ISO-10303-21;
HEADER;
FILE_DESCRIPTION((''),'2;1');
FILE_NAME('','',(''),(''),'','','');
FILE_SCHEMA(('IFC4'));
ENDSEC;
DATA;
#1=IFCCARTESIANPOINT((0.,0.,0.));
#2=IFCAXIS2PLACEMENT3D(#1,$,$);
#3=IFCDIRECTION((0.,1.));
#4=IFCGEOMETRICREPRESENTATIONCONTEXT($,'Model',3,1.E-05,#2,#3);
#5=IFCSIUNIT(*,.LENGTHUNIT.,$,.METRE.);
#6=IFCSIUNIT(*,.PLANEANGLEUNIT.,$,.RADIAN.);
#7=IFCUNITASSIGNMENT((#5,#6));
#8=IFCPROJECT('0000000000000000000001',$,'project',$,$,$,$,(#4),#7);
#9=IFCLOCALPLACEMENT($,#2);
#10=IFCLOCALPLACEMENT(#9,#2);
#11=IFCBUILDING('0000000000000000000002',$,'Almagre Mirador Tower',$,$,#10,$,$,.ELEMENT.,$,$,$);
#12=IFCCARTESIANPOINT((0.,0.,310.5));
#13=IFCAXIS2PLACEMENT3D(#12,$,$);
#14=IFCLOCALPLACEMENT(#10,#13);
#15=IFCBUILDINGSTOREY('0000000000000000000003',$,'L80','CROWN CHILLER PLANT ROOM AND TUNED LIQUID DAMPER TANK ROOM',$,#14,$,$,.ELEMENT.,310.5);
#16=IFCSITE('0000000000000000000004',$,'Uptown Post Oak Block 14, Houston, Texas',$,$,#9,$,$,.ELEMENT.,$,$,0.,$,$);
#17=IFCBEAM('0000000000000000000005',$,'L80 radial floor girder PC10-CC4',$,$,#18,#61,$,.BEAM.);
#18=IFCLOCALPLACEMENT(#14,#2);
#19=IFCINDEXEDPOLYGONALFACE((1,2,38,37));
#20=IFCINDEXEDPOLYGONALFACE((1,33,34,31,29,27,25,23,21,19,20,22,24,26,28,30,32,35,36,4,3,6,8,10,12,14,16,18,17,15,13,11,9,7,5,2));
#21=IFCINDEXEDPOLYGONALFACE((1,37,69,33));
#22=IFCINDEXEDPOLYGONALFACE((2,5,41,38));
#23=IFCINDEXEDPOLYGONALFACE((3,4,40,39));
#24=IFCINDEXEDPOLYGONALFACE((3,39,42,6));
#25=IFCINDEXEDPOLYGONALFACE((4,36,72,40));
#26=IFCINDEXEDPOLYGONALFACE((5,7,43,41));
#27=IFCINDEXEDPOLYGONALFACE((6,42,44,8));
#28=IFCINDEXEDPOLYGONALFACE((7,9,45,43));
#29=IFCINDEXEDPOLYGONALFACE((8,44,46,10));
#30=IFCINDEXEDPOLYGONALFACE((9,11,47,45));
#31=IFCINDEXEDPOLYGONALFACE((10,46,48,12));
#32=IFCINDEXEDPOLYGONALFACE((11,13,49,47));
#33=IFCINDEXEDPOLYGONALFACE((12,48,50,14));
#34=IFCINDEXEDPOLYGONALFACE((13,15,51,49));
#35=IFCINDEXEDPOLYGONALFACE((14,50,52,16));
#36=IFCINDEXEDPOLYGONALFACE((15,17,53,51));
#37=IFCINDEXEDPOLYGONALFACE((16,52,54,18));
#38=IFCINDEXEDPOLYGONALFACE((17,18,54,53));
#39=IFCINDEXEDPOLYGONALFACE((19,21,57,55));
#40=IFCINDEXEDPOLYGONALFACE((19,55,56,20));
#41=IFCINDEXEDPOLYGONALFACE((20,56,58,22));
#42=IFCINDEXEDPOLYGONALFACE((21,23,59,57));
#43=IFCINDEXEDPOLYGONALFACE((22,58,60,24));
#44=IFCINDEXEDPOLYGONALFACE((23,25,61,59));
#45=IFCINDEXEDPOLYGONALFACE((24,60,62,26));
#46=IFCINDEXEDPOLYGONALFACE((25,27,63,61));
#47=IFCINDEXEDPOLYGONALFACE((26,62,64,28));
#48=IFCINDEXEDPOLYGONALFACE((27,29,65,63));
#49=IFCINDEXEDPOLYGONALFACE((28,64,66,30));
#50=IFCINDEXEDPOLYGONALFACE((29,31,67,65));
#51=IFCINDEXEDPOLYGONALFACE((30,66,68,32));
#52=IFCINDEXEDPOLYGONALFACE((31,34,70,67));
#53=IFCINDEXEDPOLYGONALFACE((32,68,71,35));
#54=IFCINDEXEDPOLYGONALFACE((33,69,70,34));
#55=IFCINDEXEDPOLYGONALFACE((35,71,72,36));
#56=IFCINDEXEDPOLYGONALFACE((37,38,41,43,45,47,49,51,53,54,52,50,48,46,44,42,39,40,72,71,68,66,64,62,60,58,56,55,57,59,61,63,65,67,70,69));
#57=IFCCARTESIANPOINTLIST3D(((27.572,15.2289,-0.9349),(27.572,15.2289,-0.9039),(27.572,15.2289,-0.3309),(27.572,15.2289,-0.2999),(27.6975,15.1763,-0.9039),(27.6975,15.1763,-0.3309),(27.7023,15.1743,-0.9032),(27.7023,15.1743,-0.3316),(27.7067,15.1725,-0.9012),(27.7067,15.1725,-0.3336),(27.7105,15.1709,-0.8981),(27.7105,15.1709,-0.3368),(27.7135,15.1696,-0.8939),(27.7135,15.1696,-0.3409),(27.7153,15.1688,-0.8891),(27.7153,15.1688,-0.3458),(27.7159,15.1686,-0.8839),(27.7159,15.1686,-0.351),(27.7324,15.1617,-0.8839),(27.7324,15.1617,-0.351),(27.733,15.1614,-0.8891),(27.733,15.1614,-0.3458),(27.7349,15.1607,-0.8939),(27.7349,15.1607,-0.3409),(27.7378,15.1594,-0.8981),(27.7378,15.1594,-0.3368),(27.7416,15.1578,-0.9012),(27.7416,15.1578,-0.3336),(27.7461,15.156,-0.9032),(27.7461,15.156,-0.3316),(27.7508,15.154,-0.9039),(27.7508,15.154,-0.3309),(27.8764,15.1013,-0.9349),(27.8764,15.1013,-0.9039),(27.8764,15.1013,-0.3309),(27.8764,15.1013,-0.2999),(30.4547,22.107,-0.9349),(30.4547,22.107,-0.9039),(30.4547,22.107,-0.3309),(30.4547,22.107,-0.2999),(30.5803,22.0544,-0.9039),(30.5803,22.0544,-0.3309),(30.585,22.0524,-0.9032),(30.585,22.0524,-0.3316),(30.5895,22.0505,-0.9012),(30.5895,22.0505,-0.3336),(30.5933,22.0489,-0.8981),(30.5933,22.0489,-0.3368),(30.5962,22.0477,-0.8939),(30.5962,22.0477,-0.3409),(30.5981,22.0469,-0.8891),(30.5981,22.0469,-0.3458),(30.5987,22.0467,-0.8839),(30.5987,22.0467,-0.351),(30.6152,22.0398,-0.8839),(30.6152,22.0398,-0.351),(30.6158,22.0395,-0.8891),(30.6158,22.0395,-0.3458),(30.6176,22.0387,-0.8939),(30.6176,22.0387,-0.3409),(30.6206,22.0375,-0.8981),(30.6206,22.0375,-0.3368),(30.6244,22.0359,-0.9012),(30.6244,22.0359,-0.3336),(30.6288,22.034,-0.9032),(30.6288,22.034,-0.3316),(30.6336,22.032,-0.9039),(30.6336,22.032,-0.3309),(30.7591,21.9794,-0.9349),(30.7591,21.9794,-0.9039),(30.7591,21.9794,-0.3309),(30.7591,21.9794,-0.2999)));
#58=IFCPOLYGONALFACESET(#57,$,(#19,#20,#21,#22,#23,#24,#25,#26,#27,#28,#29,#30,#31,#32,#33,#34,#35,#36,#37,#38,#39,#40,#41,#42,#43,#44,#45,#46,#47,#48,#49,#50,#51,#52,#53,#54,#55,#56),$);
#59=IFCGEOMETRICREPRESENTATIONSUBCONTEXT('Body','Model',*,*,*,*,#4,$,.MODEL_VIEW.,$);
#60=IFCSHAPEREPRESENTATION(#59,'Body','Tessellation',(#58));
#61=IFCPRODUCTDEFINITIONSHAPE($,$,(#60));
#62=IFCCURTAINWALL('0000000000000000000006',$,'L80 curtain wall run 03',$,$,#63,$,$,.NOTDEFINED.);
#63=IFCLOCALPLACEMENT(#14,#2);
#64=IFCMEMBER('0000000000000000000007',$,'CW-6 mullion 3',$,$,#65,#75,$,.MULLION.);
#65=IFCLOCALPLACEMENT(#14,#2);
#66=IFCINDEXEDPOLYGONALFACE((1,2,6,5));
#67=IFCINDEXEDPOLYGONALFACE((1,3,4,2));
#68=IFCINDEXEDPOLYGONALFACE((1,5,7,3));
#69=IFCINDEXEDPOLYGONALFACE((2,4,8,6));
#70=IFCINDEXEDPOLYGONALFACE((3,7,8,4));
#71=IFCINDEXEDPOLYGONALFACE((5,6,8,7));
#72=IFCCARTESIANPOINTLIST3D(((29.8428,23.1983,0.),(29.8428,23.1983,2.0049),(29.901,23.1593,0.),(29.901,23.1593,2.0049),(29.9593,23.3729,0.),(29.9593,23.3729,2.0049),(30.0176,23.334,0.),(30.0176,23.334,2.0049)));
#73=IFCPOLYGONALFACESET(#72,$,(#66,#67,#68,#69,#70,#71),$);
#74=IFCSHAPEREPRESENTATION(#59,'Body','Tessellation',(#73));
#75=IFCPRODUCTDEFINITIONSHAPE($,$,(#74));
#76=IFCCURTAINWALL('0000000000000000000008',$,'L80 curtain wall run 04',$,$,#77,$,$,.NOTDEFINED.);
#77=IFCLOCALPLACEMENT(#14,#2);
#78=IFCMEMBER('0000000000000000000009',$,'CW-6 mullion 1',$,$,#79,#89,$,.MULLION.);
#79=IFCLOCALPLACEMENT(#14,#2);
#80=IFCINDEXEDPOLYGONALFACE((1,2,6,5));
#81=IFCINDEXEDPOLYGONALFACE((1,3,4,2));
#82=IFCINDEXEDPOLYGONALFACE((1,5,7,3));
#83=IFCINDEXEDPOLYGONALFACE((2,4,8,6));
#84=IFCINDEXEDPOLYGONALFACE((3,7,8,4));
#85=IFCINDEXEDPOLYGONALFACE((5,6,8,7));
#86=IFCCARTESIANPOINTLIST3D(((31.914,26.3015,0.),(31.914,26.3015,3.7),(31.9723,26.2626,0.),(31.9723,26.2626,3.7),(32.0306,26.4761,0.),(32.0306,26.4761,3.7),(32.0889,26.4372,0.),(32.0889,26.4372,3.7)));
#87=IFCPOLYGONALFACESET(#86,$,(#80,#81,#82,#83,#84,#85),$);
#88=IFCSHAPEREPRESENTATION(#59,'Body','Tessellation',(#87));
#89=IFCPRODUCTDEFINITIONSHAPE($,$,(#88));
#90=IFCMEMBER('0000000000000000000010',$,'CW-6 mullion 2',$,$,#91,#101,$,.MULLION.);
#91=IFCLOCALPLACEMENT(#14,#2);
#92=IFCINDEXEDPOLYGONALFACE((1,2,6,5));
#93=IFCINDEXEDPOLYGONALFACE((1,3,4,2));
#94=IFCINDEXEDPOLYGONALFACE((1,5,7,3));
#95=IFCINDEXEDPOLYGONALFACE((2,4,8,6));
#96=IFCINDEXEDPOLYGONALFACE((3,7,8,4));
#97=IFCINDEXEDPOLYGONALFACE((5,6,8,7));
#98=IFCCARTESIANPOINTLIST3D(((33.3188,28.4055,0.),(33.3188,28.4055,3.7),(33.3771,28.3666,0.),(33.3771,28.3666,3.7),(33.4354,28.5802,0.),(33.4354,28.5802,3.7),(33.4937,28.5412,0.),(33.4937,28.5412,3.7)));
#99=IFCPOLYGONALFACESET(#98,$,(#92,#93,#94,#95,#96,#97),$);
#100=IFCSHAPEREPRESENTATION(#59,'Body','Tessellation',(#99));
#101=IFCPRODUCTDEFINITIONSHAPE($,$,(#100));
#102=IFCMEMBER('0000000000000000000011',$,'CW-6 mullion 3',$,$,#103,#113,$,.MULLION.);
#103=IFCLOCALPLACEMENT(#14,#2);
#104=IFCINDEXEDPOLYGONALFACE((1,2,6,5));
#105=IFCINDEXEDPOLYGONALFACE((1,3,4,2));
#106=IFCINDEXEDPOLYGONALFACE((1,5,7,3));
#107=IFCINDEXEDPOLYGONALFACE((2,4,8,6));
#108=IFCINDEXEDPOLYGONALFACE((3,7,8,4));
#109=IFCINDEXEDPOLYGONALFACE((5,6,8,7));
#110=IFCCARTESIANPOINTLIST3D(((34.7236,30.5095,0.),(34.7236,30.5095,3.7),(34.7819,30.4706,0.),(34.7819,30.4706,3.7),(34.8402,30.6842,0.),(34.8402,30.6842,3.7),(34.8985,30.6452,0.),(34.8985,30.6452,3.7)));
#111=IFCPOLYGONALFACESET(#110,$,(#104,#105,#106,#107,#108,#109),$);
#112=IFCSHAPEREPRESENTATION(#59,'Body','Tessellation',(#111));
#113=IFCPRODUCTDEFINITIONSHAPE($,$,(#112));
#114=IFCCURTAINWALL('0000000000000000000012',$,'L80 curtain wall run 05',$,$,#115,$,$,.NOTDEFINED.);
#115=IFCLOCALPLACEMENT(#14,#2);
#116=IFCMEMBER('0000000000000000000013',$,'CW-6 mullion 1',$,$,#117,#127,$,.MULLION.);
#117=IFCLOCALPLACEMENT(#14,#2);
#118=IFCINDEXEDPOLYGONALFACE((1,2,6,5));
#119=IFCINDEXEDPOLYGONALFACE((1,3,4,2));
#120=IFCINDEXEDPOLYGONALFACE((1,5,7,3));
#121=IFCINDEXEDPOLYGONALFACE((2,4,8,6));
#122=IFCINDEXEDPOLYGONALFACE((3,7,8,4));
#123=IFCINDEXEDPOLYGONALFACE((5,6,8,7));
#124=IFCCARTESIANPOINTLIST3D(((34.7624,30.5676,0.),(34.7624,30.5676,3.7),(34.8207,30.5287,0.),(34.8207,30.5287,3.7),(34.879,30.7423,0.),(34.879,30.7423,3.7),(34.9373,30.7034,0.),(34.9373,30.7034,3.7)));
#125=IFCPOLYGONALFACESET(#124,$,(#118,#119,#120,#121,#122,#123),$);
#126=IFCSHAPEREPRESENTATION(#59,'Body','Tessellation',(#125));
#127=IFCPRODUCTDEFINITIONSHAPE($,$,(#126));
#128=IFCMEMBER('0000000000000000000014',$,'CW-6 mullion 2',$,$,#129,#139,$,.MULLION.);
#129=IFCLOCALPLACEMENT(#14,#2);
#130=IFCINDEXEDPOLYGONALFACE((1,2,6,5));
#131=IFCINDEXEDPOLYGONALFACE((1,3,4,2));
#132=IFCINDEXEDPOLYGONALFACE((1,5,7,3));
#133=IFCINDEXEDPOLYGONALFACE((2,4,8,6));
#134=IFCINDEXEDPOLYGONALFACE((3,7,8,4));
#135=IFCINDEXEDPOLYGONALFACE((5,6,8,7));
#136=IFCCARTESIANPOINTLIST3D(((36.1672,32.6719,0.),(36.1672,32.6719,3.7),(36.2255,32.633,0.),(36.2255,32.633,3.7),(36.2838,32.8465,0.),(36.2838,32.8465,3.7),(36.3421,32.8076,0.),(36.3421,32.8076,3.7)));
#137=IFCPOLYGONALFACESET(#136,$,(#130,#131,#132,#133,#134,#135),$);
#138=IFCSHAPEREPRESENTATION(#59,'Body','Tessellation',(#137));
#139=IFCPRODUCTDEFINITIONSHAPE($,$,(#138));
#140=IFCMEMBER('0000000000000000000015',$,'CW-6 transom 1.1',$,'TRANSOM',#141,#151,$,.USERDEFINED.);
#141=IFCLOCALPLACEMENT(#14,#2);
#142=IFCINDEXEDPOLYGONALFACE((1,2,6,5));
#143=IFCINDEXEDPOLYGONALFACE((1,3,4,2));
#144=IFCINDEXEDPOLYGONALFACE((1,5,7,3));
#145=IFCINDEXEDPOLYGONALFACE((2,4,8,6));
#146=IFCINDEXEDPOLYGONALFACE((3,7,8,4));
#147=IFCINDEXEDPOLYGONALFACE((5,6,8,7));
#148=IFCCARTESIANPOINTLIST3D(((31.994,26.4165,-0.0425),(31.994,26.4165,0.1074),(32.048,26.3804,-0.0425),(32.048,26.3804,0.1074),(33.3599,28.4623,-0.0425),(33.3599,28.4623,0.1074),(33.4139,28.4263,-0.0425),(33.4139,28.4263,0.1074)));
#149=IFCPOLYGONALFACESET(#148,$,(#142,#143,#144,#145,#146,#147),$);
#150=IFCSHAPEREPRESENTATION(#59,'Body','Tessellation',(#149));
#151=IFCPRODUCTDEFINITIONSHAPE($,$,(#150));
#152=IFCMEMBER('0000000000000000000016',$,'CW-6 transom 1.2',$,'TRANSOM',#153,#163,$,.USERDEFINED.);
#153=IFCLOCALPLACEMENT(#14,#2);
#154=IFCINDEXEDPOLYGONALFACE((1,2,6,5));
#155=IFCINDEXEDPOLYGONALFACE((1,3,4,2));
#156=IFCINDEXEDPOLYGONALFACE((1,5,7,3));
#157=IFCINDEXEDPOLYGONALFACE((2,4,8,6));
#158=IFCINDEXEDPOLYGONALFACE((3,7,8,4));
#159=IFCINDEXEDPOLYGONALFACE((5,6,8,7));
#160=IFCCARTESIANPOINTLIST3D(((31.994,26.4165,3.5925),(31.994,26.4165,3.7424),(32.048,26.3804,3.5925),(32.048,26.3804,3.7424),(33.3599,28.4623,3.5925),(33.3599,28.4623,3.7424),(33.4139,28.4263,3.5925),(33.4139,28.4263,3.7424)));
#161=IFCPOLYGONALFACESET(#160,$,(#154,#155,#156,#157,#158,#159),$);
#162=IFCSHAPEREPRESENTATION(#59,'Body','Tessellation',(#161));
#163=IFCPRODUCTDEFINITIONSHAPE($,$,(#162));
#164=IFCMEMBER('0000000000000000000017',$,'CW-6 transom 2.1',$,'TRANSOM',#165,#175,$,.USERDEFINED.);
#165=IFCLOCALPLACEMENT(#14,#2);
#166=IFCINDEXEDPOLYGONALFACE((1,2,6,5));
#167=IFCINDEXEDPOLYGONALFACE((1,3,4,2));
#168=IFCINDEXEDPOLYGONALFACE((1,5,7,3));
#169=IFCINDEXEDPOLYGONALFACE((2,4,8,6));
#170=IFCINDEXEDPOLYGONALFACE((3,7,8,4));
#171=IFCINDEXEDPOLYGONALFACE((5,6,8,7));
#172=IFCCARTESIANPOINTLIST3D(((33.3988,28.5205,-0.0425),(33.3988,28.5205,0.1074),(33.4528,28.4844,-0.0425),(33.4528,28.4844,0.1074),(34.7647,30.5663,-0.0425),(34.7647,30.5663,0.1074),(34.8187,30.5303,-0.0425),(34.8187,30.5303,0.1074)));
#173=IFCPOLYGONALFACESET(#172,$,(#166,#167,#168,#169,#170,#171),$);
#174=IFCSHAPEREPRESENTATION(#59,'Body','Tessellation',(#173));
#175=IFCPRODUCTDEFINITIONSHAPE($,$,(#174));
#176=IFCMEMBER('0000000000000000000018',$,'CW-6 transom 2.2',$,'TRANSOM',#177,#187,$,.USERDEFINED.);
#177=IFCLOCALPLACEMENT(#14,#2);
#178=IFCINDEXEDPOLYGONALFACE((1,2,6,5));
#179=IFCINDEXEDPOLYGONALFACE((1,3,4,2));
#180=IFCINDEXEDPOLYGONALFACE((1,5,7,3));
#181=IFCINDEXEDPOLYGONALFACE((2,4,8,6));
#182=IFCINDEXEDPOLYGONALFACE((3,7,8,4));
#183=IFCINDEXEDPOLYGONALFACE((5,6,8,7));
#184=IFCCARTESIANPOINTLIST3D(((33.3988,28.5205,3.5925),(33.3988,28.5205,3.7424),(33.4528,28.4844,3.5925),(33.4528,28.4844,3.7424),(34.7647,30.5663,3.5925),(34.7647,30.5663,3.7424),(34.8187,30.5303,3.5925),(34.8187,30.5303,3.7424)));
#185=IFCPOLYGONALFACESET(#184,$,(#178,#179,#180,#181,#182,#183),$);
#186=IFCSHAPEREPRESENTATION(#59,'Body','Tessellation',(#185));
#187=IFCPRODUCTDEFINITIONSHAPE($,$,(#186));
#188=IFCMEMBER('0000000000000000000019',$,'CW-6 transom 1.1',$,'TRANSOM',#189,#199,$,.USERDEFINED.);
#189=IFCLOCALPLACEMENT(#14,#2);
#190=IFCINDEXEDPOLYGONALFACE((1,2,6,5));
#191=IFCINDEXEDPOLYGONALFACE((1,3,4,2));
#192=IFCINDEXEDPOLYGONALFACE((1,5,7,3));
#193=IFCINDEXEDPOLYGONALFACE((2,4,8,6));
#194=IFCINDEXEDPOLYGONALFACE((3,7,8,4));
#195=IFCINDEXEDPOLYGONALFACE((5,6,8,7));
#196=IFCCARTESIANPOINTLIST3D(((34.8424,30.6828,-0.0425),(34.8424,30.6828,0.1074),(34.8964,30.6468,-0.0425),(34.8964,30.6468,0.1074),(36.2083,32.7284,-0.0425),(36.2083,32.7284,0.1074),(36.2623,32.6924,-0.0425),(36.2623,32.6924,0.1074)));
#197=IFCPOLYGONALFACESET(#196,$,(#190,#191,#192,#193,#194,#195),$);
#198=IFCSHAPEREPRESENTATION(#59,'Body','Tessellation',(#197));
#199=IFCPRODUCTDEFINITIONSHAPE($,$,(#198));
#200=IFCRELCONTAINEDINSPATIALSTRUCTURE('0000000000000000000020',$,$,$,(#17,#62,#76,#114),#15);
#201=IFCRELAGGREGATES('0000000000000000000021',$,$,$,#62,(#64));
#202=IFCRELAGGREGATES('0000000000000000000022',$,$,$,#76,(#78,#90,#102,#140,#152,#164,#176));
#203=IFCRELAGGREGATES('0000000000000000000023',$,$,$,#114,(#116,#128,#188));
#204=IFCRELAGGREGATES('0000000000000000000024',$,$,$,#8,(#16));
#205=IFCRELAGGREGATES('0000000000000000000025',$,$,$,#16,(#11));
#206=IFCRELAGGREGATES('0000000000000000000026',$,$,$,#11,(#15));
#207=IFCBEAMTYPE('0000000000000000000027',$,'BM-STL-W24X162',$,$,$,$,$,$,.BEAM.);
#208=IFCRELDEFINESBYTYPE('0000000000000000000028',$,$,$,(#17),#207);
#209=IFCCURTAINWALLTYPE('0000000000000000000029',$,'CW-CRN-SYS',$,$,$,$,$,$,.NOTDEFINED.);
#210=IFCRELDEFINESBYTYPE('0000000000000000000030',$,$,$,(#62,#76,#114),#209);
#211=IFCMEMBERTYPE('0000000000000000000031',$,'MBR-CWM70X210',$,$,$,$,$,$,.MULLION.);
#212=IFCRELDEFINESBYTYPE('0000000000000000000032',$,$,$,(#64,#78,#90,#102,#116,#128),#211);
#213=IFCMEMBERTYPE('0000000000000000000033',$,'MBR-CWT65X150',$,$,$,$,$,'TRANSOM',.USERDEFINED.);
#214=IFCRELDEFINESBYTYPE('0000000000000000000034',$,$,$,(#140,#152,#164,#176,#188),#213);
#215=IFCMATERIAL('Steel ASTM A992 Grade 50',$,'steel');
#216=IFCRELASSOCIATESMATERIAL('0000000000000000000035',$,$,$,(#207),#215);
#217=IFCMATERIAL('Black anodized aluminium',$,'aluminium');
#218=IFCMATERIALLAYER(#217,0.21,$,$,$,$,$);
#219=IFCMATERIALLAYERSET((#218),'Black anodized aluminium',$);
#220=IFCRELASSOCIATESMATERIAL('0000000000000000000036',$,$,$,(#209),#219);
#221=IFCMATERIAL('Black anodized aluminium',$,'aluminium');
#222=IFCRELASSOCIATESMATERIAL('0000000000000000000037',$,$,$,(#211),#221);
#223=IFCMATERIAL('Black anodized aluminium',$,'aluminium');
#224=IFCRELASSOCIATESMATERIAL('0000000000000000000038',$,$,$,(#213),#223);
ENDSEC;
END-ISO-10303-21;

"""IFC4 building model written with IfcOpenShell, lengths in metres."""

from ifc_helpers import new_model, si_unit, direction, frame, origin, origin_2d, place, context, subcontext, project, spatial, rectangle, i_section, extrude, material, layer, layer_set, material_profile, profile_set, type_object, element, aggregate, save


model = new_model("IFC4")

# Units and contexts
model_context = context("Model", 3, precision=1e-05, world=origin(), true_north=direction((0.0, 1.0)))
body_context = subcontext(model_context, "Body", "Model", "MODEL_VIEW")
ifc_project = project(units=[si_unit("LENGTHUNIT", "METRE"), si_unit("PLANEANGLEUNIT", "RADIAN")], contexts=[model_context])

# Site, building, storey
site_placement = place(None, origin())
site = spatial("IfcSite", under=ifc_project, at=site_placement, Name="Uptown Post Oak Block 14, Houston, Texas", CompositionType="ELEMENT", RefElevation=0.0)
building_placement = place(site_placement, origin())
building = spatial("IfcBuilding", under=site, at=building_placement, Name="Almagre Mirador Tower", CompositionType="ELEMENT")
storey_placement = place(building_placement, frame((0.0, 0.0, 310.5)))
storey = spatial("IfcBuildingStorey", under=building, at=storey_placement, Name="L80", Description="CROWN CHILLER PLANT ROOM AND TUNED LIQUID DAMPER TANK ROOM", CompositionType="ELEMENT", Elevation=310.5)

# Beam
ifc_material_1 = material(Name="Steel ASTM A992 Grade 50", Category="steel")
ifc_material_profile_1 = material_profile(ifc_material_1, i_section(OverallWidth=0.3301, OverallDepth=0.635, WebThickness=0.0178, FlangeThickness=0.031, FilletRadius=0.02, at=origin_2d()), Name="W24X162")
ifc_profile_set_1 = profile_set([ifc_material_profile_1], Name="Steel ASTM A992 Grade 50")
beam_type_1 = type_object("IfcBeamType", Name="BM-STL-W24X162", PredefinedType="BEAM", material=ifc_profile_set_1)
beam_1_placement = place(storey_placement, frame((30.6069, 22.0432, -0.6174), z_axis=(-0.386546, -0.92227, 0.0), x_axis=(0.92227, -0.386546, 0.0)))
element("IfcBeam", 1, at=beam_1_placement, inside=storey, type_object=beam_type_1, Name="L80 radial floor girder PC10-CC4", PredefinedType="BEAM", context=body_context, shape_type="SweptSolid", body=[
    extrude(i_section(OverallWidth=0.3301, OverallDepth=0.635, WebThickness=0.0178, FlangeThickness=0.031, FilletRadius=0.02, at=origin_2d()), origin(), (0.0, 0.0, 1.0), 7.4578),
])

# Curtain wall, member
ifc_material_2 = material(Name="Black anodized aluminium", Category="aluminium")
ifc_layer_1 = layer(ifc_material_2, 0.21)
ifc_layer_set_1 = layer_set([ifc_layer_1], Name="Black anodized aluminium")
curtain_wall_type = type_object("IfcCurtainWallType", Name="CW-CRN-SYS", PredefinedType="NOTDEFINED", material=ifc_layer_set_1)
curtain_wall_1_placement = place(storey_placement, origin())
curtain_wall_1 = element("IfcCurtainWall", 2, at=curtain_wall_1_placement, inside=storey, type_object=curtain_wall_type, Name="L80 curtain wall run 03", PredefinedType="NOTDEFINED")
ifc_material_3 = material(Name="Black anodized aluminium", Category="aluminium")
ifc_material_profile_2 = material_profile(ifc_material_3, rectangle(XDim=0.0701, YDim=0.21, at=origin_2d()), Name="CWM70X210")
ifc_profile_set_2 = profile_set([ifc_material_profile_2], Name="Black anodized aluminium")
member_type_1 = type_object("IfcMemberType", Name="MBR-CWM70X210", PredefinedType="MULLION", material=ifc_profile_set_2)
member_1_placement = place(storey_placement, frame((29.9302, 23.2661, 0.0), z_axis=(0.0, 0.0, 1.0), x_axis=(-0.831701, 0.555224, 0.0)))
member_1 = element("IfcMember", 3, at=member_1_placement, type_object=member_type_1, Name="CW-6 mullion 3", PredefinedType="MULLION", context=body_context, shape_type="SweptSolid", body=[
    extrude(rectangle(XDim=0.0701, YDim=0.21, at=origin_2d()), origin(), (0.0, 0.0, 1.0), 2.0049),
])

# Curtain walls, members
curtain_wall_2_placement = place(storey_placement, origin())
curtain_wall_2 = element("IfcCurtainWall", 4, at=curtain_wall_2_placement, inside=storey, type_object=curtain_wall_type, Name="L80 curtain wall run 04", PredefinedType="NOTDEFINED")
member_2_placement = place(storey_placement, frame((32.0015, 26.3694, 0.0), z_axis=(0.0, 0.0, 1.0), x_axis=(-0.831672, 0.555267, 0.0)))
member_2 = element("IfcMember", 5, at=member_2_placement, type_object=member_type_1, Name="CW-6 mullion 1", PredefinedType="MULLION", context=body_context, shape_type="SweptSolid", body=[
    extrude(rectangle(XDim=0.0701, YDim=0.21, at=origin_2d()), origin(), (0.0, 0.0, 1.0), 3.7),
])
member_3_placement = place(storey_placement, frame((33.4062, 28.4734, 0.0), z_axis=(0.0, 0.0, 1.0), x_axis=(-0.831672, 0.555267, 0.0)))
member_3 = element("IfcMember", 6, at=member_3_placement, type_object=member_type_1, Name="CW-6 mullion 2", PredefinedType="MULLION", context=body_context, shape_type="SweptSolid", body=[
    extrude(rectangle(XDim=0.0701, YDim=0.21, at=origin_2d()), origin(), (0.0, 0.0, 1.0), 3.7),
])
member_4_placement = place(storey_placement, frame((34.811, 30.5774, 0.0), z_axis=(0.0, 0.0, 1.0), x_axis=(-0.831672, 0.555267, 0.0)))
member_4 = element("IfcMember", 7, at=member_4_placement, type_object=member_type_1, Name="CW-6 mullion 3", PredefinedType="MULLION", context=body_context, shape_type="SweptSolid", body=[
    extrude(rectangle(XDim=0.0701, YDim=0.21, at=origin_2d()), origin(), (0.0, 0.0, 1.0), 3.7),
])
curtain_wall_3_placement = place(storey_placement, origin())
curtain_wall_3 = element("IfcCurtainWall", 8, at=curtain_wall_3_placement, inside=storey, type_object=curtain_wall_type, Name="L80 curtain wall run 05", PredefinedType="NOTDEFINED")
member_5_placement = place(storey_placement, frame((34.8499, 30.6355, 0.0), z_axis=(0.0, 0.0, 1.0), x_axis=(-0.831672, 0.555267, 0.0)))
member_5 = element("IfcMember", 9, at=member_5_placement, type_object=member_type_1, Name="CW-6 mullion 1", PredefinedType="MULLION", context=body_context, shape_type="SweptSolid", body=[
    extrude(rectangle(XDim=0.0701, YDim=0.21, at=origin_2d()), origin(), (0.0, 0.0, 1.0), 3.7),
])
member_6_placement = place(storey_placement, frame((36.2546, 32.7397, 0.0), z_axis=(0.0, 0.0, 1.0), x_axis=(-0.831672, 0.555267, 0.0)))
member_6 = element("IfcMember", 10, at=member_6_placement, type_object=member_type_1, Name="CW-6 mullion 2", PredefinedType="MULLION", context=body_context, shape_type="SweptSolid", body=[
    extrude(rectangle(XDim=0.0701, YDim=0.21, at=origin_2d()), origin(), (0.0, 0.0, 1.0), 3.7),
])

# Members
ifc_material_4 = material(Name="Black anodized aluminium", Category="aluminium")
ifc_material_profile_3 = material_profile(ifc_material_4, rectangle(XDim=0.0649, YDim=0.1499, at=origin_2d()), Name="CWT65X150")
ifc_profile_set_3 = profile_set([ifc_material_profile_3], Name="Black anodized aluminium")
member_type_2 = type_object("IfcMemberType", Name="MBR-CWT65X150", ElementType="TRANSOM", PredefinedType="USERDEFINED", material=ifc_profile_set_3)
member_7_placement = place(storey_placement, frame((32.021, 26.3984, 0.0325), z_axis=(0.555273, 0.831668, 0.0), x_axis=(-0.831668, 0.555273, 0.0)))
member_7 = element("IfcMember", 11, at=member_7_placement, type_object=member_type_2, Name="CW-6 transom 1.1", ObjectType="TRANSOM", PredefinedType="USERDEFINED", context=body_context, shape_type="SweptSolid", body=[
    extrude(rectangle(XDim=0.0649, YDim=0.1499, at=origin_2d()), origin(), (0.0, 0.0, 1.0), 2.46),
])
member_8_placement = place(storey_placement, frame((32.021, 26.3984, 3.6675), z_axis=(0.555273, 0.831668, 0.0), x_axis=(-0.831668, 0.555273, 0.0)))
member_8 = element("IfcMember", 12, at=member_8_placement, type_object=member_type_2, Name="CW-6 transom 1.2", ObjectType="TRANSOM", PredefinedType="USERDEFINED", context=body_context, shape_type="SweptSolid", body=[
    extrude(rectangle(XDim=0.0649, YDim=0.1499, at=origin_2d()), origin(), (0.0, 0.0, 1.0), 2.46),
])
member_9_placement = place(storey_placement, frame((33.4258, 28.5024, 0.0325), z_axis=(0.555273, 0.831668, 0.0), x_axis=(-0.831668, 0.555273, 0.0)))
member_9 = element("IfcMember", 13, at=member_9_placement, type_object=member_type_2, Name="CW-6 transom 2.1", ObjectType="TRANSOM", PredefinedType="USERDEFINED", context=body_context, shape_type="SweptSolid", body=[
    extrude(rectangle(XDim=0.0649, YDim=0.1499, at=origin_2d()), origin(), (0.0, 0.0, 1.0), 2.46),
])
member_10_placement = place(storey_placement, frame((33.4258, 28.5024, 3.6675), z_axis=(0.555273, 0.831668, 0.0), x_axis=(-0.831668, 0.555273, 0.0)))
member_10 = element("IfcMember", 14, at=member_10_placement, type_object=member_type_2, Name="CW-6 transom 2.2", ObjectType="TRANSOM", PredefinedType="USERDEFINED", context=body_context, shape_type="SweptSolid", body=[
    extrude(rectangle(XDim=0.0649, YDim=0.1499, at=origin_2d()), origin(), (0.0, 0.0, 1.0), 2.46),
])
member_11_placement = place(storey_placement, frame((34.8694, 30.6648, 0.0325), z_axis=(0.555318, 0.831638, 0.0), x_axis=(-0.831638, 0.555318, 0.0)))
member_11 = element("IfcMember", 15, at=member_11_placement, type_object=member_type_2, Name="CW-6 transom 1.1", ObjectType="TRANSOM", PredefinedType="USERDEFINED", context=body_context, shape_type="SweptSolid", body=[
    extrude(rectangle(XDim=0.0649, YDim=0.1499, at=origin_2d()), origin(), (0.0, 0.0, 1.0), 2.4597),
])

aggregate(curtain_wall_1, [member_1])
aggregate(curtain_wall_2, [member_2, member_3, member_4, member_7, member_8, member_9, member_10])
aggregate(curtain_wall_3, [member_5, member_6, member_11])

save(model, "model.ifc")
